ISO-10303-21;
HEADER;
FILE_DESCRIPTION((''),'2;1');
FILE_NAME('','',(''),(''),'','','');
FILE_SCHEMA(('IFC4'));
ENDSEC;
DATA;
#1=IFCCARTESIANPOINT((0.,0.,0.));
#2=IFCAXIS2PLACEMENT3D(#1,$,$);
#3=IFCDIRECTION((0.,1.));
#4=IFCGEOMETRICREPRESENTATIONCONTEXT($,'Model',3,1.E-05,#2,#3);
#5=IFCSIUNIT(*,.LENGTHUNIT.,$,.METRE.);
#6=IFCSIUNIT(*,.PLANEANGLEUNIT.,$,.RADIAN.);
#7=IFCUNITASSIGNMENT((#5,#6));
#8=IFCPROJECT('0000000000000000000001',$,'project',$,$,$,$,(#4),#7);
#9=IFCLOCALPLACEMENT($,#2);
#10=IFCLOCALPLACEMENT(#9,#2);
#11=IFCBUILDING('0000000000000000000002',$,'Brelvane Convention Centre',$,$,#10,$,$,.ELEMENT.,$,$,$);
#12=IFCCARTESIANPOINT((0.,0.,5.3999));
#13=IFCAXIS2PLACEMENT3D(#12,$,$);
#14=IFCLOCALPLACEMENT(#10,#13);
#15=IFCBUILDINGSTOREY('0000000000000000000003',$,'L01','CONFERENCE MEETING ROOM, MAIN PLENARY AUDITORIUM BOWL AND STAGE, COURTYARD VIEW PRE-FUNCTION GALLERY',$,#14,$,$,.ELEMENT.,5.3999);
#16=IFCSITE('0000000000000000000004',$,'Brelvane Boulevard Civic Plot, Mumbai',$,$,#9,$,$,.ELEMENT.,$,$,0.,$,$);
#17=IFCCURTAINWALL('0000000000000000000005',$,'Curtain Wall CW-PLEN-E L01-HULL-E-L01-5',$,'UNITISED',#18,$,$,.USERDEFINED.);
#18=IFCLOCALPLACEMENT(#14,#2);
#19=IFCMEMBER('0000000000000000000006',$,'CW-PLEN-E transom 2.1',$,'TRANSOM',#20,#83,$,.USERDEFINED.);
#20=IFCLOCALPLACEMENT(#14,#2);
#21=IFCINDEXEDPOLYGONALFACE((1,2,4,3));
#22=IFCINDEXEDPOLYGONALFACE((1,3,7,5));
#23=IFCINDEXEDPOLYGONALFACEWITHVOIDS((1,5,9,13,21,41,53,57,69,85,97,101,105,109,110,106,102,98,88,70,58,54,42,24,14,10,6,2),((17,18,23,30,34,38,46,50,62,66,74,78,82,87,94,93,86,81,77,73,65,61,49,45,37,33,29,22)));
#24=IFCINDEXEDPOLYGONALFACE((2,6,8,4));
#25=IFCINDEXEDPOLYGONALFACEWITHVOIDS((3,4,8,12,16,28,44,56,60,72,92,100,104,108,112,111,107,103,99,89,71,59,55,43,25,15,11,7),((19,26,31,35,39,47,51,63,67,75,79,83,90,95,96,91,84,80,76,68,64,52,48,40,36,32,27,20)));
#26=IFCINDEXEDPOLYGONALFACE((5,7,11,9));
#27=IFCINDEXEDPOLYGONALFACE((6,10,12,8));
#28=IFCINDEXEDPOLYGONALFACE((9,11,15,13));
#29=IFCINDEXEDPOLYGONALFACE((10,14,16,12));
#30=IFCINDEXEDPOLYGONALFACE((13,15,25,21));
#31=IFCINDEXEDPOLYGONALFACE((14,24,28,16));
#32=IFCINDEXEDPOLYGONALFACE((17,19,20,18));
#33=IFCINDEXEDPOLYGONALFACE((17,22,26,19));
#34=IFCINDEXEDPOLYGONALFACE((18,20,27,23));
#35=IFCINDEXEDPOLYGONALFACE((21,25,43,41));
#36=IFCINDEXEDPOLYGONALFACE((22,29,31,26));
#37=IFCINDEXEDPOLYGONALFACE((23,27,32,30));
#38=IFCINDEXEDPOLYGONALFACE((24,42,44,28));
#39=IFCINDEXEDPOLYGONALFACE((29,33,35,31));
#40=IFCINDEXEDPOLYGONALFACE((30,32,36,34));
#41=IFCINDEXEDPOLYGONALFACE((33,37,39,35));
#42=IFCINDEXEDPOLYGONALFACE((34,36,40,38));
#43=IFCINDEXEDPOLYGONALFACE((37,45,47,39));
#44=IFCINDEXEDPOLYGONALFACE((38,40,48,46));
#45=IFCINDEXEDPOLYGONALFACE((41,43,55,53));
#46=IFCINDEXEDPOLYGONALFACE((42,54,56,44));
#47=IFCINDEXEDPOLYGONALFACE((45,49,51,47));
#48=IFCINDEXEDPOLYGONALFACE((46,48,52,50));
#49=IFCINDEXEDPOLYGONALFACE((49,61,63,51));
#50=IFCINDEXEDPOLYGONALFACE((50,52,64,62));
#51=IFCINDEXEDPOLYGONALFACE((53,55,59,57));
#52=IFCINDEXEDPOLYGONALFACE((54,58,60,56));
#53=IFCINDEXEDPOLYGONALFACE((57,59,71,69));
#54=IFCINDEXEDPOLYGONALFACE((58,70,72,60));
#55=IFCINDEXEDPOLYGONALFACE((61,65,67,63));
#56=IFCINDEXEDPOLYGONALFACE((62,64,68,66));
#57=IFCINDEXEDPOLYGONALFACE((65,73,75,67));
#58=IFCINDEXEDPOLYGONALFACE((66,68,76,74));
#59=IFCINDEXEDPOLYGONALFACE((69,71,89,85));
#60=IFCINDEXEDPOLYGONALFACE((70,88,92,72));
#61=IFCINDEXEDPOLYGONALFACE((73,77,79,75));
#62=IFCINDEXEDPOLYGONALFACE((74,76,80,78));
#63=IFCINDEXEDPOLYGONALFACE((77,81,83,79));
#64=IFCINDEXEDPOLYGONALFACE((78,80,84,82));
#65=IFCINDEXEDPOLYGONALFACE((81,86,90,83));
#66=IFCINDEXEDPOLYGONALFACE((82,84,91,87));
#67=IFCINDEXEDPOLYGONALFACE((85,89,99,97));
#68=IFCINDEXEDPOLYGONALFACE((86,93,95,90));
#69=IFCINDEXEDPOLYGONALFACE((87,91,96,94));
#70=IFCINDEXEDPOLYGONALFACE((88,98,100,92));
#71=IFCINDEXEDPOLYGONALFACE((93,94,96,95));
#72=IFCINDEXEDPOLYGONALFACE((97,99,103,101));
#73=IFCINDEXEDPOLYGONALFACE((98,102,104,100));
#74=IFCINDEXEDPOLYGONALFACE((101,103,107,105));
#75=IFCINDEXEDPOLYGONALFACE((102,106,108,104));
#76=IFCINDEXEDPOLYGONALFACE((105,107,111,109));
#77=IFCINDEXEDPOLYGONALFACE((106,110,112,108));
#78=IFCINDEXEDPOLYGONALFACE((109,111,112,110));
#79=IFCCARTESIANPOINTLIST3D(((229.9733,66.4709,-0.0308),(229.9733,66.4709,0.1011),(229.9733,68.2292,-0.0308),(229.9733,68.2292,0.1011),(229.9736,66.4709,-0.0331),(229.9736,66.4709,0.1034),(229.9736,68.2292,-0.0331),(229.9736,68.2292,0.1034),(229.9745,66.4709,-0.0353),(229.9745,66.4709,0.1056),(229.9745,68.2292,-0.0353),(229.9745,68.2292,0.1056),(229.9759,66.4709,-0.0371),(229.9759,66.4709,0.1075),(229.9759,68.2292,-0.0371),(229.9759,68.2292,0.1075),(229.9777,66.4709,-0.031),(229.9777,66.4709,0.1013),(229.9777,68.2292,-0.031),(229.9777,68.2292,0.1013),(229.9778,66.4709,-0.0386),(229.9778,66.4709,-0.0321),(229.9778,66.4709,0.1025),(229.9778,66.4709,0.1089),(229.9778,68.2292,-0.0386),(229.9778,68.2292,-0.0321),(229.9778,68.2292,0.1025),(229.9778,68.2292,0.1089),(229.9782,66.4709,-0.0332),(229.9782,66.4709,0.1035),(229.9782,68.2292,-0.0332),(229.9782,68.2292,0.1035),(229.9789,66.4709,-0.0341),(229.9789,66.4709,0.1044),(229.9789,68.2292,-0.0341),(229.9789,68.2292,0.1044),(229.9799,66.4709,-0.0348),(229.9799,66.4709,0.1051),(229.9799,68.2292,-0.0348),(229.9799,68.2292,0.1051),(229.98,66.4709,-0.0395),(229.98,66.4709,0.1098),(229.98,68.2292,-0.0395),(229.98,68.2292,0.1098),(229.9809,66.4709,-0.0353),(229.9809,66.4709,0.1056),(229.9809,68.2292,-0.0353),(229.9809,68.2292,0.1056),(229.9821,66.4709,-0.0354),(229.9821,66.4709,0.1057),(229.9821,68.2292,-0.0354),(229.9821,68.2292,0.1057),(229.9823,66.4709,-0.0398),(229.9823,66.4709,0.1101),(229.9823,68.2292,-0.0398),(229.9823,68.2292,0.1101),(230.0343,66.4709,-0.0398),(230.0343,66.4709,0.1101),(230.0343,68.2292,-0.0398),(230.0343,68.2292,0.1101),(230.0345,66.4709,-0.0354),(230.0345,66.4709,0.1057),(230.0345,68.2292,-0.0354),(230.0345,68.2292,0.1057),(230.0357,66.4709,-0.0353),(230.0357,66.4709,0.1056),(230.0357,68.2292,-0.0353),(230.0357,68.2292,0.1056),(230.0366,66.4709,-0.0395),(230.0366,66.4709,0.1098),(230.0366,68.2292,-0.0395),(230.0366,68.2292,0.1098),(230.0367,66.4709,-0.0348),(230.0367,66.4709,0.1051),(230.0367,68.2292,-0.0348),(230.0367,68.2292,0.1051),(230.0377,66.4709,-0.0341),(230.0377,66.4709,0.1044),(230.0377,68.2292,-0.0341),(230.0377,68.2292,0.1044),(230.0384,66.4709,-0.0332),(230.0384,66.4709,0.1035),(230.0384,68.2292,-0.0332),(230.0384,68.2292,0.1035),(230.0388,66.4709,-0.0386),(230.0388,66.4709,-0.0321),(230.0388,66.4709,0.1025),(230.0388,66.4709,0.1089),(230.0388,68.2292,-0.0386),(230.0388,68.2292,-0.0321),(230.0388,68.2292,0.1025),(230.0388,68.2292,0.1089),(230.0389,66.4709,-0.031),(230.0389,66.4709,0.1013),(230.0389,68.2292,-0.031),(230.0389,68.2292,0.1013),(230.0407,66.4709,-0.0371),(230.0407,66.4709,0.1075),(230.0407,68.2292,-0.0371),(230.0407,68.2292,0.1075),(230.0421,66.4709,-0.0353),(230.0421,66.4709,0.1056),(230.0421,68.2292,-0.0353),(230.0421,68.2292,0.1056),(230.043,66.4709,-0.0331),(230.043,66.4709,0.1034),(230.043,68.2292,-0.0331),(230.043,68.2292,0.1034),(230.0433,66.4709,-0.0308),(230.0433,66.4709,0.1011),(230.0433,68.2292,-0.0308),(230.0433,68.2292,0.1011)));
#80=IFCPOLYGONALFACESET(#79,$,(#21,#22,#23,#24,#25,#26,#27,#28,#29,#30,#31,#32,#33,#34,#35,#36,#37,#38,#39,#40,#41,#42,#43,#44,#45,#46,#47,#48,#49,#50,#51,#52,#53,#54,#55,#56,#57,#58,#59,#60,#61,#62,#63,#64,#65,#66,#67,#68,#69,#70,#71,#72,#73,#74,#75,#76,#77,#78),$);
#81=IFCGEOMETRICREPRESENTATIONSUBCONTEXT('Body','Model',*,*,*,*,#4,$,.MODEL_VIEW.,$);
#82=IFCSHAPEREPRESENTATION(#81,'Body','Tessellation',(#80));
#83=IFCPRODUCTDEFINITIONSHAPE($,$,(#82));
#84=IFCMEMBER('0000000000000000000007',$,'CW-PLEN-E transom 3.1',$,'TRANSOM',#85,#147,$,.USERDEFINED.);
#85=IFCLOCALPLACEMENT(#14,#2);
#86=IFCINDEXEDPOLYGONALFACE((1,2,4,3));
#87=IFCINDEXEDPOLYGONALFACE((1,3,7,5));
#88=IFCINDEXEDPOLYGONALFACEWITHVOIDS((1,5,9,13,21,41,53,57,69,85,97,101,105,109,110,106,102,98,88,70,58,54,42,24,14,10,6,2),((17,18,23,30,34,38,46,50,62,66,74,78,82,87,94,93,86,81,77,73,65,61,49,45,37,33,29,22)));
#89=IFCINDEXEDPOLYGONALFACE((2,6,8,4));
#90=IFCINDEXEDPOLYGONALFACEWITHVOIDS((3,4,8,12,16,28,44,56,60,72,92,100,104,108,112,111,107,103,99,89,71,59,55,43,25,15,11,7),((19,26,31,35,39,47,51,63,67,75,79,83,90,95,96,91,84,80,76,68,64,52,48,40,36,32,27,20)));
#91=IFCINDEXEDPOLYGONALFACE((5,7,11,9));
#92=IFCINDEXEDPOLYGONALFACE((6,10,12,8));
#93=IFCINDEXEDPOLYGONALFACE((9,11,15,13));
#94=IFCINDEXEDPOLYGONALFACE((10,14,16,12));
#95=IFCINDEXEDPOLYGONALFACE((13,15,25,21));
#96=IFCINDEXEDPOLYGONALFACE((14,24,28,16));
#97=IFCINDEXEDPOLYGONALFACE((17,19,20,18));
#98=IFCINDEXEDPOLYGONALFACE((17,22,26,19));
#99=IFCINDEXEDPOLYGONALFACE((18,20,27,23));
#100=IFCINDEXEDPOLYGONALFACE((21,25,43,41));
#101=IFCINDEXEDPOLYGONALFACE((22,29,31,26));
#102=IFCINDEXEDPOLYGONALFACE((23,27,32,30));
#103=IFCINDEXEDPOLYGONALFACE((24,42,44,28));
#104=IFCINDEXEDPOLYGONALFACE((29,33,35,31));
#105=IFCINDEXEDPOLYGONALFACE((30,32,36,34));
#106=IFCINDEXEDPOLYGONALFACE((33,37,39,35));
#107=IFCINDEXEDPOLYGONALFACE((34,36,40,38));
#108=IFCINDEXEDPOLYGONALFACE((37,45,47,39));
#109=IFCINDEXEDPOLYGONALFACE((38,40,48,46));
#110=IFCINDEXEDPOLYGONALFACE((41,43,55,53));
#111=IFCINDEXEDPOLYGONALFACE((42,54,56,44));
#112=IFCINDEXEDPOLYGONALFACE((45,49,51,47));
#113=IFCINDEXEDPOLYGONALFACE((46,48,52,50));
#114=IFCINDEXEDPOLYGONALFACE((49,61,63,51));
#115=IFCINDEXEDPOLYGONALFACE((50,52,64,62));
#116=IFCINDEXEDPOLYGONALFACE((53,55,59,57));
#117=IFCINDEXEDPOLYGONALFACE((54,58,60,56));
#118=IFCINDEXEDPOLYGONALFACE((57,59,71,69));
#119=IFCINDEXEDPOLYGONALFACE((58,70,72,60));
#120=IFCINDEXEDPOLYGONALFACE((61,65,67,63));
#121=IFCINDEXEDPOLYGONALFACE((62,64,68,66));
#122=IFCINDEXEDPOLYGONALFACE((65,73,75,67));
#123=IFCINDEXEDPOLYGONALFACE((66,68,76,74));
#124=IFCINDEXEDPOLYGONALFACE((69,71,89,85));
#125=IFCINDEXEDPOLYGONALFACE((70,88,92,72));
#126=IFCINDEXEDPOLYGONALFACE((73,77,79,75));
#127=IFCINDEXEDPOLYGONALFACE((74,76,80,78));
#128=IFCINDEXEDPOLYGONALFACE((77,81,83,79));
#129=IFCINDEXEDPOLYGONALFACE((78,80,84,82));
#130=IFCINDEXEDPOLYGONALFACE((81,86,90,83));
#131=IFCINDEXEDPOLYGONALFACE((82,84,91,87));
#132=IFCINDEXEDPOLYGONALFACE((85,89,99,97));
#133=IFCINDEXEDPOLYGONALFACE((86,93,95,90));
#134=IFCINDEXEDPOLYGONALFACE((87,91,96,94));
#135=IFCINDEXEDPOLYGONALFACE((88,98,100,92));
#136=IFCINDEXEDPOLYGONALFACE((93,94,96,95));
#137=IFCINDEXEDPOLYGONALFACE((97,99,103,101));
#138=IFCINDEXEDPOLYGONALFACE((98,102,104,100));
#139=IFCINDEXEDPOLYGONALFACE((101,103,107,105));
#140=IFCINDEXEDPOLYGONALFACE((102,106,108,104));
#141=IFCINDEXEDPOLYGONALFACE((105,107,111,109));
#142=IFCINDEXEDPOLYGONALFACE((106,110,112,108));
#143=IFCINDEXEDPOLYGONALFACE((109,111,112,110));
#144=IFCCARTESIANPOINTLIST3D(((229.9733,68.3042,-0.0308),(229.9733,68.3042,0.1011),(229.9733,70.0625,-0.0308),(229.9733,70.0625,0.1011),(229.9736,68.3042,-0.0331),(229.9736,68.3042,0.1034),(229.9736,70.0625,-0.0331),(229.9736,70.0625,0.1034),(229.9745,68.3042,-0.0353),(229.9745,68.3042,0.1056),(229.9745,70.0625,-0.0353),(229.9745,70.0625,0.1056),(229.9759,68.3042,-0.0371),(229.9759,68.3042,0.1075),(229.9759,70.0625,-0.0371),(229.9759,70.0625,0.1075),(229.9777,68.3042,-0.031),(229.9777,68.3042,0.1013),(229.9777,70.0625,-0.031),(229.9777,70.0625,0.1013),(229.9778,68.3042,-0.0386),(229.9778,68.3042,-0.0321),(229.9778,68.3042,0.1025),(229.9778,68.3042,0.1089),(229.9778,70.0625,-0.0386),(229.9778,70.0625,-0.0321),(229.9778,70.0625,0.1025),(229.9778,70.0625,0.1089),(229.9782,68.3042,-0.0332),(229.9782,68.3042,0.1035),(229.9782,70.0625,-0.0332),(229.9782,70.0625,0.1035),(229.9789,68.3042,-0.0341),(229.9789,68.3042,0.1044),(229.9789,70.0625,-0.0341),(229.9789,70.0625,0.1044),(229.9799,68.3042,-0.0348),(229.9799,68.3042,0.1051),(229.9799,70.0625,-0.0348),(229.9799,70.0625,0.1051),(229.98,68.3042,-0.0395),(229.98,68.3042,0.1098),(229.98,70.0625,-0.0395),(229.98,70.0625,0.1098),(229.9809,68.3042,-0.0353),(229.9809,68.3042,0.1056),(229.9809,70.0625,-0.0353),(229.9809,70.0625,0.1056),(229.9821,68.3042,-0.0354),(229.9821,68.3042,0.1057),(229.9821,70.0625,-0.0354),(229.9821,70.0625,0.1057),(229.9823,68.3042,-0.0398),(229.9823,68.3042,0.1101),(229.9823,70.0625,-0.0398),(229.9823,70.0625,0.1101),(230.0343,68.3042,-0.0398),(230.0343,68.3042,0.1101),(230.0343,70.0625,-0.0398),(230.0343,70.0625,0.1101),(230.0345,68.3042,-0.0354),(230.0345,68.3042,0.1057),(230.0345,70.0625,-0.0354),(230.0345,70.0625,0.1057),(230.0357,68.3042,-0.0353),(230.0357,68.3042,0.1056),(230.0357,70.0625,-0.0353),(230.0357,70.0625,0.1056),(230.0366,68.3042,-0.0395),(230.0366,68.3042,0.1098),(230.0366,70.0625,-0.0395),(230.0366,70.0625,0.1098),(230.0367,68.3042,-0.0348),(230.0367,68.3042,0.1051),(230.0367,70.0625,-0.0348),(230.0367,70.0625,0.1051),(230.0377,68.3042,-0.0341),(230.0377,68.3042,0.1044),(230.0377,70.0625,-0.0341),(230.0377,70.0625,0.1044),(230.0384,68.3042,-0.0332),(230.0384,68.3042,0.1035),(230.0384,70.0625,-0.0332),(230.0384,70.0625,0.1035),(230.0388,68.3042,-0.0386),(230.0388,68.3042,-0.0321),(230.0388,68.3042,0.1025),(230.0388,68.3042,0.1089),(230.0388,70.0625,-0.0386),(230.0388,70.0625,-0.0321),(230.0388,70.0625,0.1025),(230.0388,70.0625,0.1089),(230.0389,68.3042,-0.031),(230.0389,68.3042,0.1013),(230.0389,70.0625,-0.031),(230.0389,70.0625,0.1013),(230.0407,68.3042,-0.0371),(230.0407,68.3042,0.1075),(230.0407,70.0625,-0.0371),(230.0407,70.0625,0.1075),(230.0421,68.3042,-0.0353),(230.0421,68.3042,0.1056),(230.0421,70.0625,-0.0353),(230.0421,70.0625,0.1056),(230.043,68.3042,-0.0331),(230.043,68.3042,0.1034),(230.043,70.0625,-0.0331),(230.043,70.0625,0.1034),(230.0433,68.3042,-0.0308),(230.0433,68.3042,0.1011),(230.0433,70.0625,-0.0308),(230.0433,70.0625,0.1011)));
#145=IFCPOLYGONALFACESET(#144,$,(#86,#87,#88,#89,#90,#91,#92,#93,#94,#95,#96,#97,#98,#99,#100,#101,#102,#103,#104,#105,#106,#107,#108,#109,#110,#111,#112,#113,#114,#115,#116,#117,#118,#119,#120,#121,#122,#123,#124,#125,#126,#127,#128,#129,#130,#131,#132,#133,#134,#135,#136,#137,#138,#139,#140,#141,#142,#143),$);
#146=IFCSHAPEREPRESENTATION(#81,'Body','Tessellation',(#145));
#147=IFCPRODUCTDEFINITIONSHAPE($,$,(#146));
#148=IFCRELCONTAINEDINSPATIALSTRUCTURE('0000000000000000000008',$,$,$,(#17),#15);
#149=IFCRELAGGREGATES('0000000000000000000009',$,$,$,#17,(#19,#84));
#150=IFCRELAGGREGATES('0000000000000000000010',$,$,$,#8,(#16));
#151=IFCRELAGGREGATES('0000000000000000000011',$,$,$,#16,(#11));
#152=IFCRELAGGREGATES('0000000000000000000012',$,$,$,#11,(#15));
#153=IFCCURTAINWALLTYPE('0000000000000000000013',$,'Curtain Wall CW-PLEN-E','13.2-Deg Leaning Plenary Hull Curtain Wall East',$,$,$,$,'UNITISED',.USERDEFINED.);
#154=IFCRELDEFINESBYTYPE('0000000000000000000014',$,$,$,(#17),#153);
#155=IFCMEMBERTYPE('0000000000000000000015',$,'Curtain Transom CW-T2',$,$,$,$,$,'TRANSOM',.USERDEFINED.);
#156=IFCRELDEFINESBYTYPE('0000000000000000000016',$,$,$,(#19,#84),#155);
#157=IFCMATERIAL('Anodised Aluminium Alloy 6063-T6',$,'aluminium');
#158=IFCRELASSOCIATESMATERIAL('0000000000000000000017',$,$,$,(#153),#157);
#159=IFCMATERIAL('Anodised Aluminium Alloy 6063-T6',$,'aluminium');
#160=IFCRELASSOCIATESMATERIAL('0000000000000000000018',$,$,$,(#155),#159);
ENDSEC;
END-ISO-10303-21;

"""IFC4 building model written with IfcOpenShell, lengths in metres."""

from ifc_helpers import new_model, si_unit, direction, frame, origin, origin_2d, place, context, subcontext, project, spatial, hollow_rectangle, extrude, material, material_profile, profile_set, type_object, element, aggregate, save


model = new_model("IFC4")

# Units and contexts
model_context = context("Model", 3, precision=1e-05, world=origin(), true_north=direction((0.0, 1.0)))
body_context = subcontext(model_context, "Body", "Model", "MODEL_VIEW")
ifc_project = project(units=[si_unit("LENGTHUNIT", "METRE"), si_unit("PLANEANGLEUNIT", "RADIAN")], contexts=[model_context])

# Site, building, storey
site_placement = place(None, origin())
site = spatial("IfcSite", under=ifc_project, at=site_placement, Name="Brelvane Boulevard Civic Plot, Mumbai", CompositionType="ELEMENT", RefElevation=0.0)
building_placement = place(site_placement, origin())
building = spatial("IfcBuilding", under=site, at=building_placement, Name="Brelvane Convention Centre", CompositionType="ELEMENT")
storey_placement = place(building_placement, frame((0.0, 0.0, 5.3999)))
storey = spatial("IfcBuildingStorey", under=building, at=storey_placement, Name="L01", Description="CONFERENCE MEETING ROOM, MAIN PLENARY AUDITORIUM BOWL AND STAGE, COURTYARD VIEW PRE-FUNCTION GALLERY", CompositionType="ELEMENT", Elevation=5.3999)

# Curtain wall
ifc_material_1 = material(Name="Anodised Aluminium Alloy 6063-T6", Category="aluminium")
curtain_wall_type = type_object("IfcCurtainWallType", Name="Curtain Wall CW-PLEN-E", Description="13.2-Deg Leaning Plenary Hull Curtain Wall East", ElementType="UNITISED", PredefinedType="USERDEFINED", material=ifc_material_1)
curtain_wall_1_placement = place(storey_placement, origin())
curtain_wall_1 = element("IfcCurtainWall", 1, at=curtain_wall_1_placement, inside=storey, type_object=curtain_wall_type, Name="Curtain Wall CW-PLEN-E L01-HULL-E-L01-5", ObjectType="UNITISED", PredefinedType="USERDEFINED")

# Members
ifc_material_2 = material(Name="Anodised Aluminium Alloy 6063-T6", Category="aluminium")
ifc_material_profile_1 = material_profile(ifc_material_2, hollow_rectangle(XDim=0.0701, YDim=0.1499, WallThickness=0.0044, InnerFilletRadius=0.0044, OuterFilletRadius=0.009, at=origin_2d()), Name="ALU-T 150x70x4.5")
ifc_profile_set_1 = profile_set([ifc_material_profile_1], Name="Anodised Aluminium Alloy 6063-T6")
member_type_1 = type_object("IfcMemberType", Name="Curtain Transom CW-T2", ElementType="TRANSOM", PredefinedType="USERDEFINED", material=ifc_profile_set_1)
member_1_placement = place(storey_placement, frame((230.0083, 66.4709, 0.0352), z_axis=(0.0, 1.0, 0.0), x_axis=(-1.0, 0.0, 0.0)))
member_1 = element("IfcMember", 2, at=member_1_placement, type_object=member_type_1, Name="CW-PLEN-E transom 2.1", ObjectType="TRANSOM", PredefinedType="USERDEFINED", context=body_context, shape_type="SweptSolid", body=[
    extrude(hollow_rectangle(XDim=0.0701, YDim=0.1499, WallThickness=0.0044, InnerFilletRadius=0.0044, OuterFilletRadius=0.009, at=origin_2d()), origin(), (0.0, 0.0, 1.0), 1.7583),
])
member_2_placement = place(storey_placement, frame((230.0083, 68.3042, 0.0352), z_axis=(0.0, 1.0, 0.0), x_axis=(-1.0, 0.0, 0.0)))
member_2 = element("IfcMember", 3, at=member_2_placement, type_object=member_type_1, Name="CW-PLEN-E transom 3.1", ObjectType="TRANSOM", PredefinedType="USERDEFINED", context=body_context, shape_type="SweptSolid", body=[
    extrude(hollow_rectangle(XDim=0.0701, YDim=0.1499, WallThickness=0.0044, InnerFilletRadius=0.0044, OuterFilletRadius=0.009, at=origin_2d()), origin(), (0.0, 0.0, 1.0), 1.7583),
])
aggregate(curtain_wall_1, [member_1, member_2])

save(model, "model.ifc")
